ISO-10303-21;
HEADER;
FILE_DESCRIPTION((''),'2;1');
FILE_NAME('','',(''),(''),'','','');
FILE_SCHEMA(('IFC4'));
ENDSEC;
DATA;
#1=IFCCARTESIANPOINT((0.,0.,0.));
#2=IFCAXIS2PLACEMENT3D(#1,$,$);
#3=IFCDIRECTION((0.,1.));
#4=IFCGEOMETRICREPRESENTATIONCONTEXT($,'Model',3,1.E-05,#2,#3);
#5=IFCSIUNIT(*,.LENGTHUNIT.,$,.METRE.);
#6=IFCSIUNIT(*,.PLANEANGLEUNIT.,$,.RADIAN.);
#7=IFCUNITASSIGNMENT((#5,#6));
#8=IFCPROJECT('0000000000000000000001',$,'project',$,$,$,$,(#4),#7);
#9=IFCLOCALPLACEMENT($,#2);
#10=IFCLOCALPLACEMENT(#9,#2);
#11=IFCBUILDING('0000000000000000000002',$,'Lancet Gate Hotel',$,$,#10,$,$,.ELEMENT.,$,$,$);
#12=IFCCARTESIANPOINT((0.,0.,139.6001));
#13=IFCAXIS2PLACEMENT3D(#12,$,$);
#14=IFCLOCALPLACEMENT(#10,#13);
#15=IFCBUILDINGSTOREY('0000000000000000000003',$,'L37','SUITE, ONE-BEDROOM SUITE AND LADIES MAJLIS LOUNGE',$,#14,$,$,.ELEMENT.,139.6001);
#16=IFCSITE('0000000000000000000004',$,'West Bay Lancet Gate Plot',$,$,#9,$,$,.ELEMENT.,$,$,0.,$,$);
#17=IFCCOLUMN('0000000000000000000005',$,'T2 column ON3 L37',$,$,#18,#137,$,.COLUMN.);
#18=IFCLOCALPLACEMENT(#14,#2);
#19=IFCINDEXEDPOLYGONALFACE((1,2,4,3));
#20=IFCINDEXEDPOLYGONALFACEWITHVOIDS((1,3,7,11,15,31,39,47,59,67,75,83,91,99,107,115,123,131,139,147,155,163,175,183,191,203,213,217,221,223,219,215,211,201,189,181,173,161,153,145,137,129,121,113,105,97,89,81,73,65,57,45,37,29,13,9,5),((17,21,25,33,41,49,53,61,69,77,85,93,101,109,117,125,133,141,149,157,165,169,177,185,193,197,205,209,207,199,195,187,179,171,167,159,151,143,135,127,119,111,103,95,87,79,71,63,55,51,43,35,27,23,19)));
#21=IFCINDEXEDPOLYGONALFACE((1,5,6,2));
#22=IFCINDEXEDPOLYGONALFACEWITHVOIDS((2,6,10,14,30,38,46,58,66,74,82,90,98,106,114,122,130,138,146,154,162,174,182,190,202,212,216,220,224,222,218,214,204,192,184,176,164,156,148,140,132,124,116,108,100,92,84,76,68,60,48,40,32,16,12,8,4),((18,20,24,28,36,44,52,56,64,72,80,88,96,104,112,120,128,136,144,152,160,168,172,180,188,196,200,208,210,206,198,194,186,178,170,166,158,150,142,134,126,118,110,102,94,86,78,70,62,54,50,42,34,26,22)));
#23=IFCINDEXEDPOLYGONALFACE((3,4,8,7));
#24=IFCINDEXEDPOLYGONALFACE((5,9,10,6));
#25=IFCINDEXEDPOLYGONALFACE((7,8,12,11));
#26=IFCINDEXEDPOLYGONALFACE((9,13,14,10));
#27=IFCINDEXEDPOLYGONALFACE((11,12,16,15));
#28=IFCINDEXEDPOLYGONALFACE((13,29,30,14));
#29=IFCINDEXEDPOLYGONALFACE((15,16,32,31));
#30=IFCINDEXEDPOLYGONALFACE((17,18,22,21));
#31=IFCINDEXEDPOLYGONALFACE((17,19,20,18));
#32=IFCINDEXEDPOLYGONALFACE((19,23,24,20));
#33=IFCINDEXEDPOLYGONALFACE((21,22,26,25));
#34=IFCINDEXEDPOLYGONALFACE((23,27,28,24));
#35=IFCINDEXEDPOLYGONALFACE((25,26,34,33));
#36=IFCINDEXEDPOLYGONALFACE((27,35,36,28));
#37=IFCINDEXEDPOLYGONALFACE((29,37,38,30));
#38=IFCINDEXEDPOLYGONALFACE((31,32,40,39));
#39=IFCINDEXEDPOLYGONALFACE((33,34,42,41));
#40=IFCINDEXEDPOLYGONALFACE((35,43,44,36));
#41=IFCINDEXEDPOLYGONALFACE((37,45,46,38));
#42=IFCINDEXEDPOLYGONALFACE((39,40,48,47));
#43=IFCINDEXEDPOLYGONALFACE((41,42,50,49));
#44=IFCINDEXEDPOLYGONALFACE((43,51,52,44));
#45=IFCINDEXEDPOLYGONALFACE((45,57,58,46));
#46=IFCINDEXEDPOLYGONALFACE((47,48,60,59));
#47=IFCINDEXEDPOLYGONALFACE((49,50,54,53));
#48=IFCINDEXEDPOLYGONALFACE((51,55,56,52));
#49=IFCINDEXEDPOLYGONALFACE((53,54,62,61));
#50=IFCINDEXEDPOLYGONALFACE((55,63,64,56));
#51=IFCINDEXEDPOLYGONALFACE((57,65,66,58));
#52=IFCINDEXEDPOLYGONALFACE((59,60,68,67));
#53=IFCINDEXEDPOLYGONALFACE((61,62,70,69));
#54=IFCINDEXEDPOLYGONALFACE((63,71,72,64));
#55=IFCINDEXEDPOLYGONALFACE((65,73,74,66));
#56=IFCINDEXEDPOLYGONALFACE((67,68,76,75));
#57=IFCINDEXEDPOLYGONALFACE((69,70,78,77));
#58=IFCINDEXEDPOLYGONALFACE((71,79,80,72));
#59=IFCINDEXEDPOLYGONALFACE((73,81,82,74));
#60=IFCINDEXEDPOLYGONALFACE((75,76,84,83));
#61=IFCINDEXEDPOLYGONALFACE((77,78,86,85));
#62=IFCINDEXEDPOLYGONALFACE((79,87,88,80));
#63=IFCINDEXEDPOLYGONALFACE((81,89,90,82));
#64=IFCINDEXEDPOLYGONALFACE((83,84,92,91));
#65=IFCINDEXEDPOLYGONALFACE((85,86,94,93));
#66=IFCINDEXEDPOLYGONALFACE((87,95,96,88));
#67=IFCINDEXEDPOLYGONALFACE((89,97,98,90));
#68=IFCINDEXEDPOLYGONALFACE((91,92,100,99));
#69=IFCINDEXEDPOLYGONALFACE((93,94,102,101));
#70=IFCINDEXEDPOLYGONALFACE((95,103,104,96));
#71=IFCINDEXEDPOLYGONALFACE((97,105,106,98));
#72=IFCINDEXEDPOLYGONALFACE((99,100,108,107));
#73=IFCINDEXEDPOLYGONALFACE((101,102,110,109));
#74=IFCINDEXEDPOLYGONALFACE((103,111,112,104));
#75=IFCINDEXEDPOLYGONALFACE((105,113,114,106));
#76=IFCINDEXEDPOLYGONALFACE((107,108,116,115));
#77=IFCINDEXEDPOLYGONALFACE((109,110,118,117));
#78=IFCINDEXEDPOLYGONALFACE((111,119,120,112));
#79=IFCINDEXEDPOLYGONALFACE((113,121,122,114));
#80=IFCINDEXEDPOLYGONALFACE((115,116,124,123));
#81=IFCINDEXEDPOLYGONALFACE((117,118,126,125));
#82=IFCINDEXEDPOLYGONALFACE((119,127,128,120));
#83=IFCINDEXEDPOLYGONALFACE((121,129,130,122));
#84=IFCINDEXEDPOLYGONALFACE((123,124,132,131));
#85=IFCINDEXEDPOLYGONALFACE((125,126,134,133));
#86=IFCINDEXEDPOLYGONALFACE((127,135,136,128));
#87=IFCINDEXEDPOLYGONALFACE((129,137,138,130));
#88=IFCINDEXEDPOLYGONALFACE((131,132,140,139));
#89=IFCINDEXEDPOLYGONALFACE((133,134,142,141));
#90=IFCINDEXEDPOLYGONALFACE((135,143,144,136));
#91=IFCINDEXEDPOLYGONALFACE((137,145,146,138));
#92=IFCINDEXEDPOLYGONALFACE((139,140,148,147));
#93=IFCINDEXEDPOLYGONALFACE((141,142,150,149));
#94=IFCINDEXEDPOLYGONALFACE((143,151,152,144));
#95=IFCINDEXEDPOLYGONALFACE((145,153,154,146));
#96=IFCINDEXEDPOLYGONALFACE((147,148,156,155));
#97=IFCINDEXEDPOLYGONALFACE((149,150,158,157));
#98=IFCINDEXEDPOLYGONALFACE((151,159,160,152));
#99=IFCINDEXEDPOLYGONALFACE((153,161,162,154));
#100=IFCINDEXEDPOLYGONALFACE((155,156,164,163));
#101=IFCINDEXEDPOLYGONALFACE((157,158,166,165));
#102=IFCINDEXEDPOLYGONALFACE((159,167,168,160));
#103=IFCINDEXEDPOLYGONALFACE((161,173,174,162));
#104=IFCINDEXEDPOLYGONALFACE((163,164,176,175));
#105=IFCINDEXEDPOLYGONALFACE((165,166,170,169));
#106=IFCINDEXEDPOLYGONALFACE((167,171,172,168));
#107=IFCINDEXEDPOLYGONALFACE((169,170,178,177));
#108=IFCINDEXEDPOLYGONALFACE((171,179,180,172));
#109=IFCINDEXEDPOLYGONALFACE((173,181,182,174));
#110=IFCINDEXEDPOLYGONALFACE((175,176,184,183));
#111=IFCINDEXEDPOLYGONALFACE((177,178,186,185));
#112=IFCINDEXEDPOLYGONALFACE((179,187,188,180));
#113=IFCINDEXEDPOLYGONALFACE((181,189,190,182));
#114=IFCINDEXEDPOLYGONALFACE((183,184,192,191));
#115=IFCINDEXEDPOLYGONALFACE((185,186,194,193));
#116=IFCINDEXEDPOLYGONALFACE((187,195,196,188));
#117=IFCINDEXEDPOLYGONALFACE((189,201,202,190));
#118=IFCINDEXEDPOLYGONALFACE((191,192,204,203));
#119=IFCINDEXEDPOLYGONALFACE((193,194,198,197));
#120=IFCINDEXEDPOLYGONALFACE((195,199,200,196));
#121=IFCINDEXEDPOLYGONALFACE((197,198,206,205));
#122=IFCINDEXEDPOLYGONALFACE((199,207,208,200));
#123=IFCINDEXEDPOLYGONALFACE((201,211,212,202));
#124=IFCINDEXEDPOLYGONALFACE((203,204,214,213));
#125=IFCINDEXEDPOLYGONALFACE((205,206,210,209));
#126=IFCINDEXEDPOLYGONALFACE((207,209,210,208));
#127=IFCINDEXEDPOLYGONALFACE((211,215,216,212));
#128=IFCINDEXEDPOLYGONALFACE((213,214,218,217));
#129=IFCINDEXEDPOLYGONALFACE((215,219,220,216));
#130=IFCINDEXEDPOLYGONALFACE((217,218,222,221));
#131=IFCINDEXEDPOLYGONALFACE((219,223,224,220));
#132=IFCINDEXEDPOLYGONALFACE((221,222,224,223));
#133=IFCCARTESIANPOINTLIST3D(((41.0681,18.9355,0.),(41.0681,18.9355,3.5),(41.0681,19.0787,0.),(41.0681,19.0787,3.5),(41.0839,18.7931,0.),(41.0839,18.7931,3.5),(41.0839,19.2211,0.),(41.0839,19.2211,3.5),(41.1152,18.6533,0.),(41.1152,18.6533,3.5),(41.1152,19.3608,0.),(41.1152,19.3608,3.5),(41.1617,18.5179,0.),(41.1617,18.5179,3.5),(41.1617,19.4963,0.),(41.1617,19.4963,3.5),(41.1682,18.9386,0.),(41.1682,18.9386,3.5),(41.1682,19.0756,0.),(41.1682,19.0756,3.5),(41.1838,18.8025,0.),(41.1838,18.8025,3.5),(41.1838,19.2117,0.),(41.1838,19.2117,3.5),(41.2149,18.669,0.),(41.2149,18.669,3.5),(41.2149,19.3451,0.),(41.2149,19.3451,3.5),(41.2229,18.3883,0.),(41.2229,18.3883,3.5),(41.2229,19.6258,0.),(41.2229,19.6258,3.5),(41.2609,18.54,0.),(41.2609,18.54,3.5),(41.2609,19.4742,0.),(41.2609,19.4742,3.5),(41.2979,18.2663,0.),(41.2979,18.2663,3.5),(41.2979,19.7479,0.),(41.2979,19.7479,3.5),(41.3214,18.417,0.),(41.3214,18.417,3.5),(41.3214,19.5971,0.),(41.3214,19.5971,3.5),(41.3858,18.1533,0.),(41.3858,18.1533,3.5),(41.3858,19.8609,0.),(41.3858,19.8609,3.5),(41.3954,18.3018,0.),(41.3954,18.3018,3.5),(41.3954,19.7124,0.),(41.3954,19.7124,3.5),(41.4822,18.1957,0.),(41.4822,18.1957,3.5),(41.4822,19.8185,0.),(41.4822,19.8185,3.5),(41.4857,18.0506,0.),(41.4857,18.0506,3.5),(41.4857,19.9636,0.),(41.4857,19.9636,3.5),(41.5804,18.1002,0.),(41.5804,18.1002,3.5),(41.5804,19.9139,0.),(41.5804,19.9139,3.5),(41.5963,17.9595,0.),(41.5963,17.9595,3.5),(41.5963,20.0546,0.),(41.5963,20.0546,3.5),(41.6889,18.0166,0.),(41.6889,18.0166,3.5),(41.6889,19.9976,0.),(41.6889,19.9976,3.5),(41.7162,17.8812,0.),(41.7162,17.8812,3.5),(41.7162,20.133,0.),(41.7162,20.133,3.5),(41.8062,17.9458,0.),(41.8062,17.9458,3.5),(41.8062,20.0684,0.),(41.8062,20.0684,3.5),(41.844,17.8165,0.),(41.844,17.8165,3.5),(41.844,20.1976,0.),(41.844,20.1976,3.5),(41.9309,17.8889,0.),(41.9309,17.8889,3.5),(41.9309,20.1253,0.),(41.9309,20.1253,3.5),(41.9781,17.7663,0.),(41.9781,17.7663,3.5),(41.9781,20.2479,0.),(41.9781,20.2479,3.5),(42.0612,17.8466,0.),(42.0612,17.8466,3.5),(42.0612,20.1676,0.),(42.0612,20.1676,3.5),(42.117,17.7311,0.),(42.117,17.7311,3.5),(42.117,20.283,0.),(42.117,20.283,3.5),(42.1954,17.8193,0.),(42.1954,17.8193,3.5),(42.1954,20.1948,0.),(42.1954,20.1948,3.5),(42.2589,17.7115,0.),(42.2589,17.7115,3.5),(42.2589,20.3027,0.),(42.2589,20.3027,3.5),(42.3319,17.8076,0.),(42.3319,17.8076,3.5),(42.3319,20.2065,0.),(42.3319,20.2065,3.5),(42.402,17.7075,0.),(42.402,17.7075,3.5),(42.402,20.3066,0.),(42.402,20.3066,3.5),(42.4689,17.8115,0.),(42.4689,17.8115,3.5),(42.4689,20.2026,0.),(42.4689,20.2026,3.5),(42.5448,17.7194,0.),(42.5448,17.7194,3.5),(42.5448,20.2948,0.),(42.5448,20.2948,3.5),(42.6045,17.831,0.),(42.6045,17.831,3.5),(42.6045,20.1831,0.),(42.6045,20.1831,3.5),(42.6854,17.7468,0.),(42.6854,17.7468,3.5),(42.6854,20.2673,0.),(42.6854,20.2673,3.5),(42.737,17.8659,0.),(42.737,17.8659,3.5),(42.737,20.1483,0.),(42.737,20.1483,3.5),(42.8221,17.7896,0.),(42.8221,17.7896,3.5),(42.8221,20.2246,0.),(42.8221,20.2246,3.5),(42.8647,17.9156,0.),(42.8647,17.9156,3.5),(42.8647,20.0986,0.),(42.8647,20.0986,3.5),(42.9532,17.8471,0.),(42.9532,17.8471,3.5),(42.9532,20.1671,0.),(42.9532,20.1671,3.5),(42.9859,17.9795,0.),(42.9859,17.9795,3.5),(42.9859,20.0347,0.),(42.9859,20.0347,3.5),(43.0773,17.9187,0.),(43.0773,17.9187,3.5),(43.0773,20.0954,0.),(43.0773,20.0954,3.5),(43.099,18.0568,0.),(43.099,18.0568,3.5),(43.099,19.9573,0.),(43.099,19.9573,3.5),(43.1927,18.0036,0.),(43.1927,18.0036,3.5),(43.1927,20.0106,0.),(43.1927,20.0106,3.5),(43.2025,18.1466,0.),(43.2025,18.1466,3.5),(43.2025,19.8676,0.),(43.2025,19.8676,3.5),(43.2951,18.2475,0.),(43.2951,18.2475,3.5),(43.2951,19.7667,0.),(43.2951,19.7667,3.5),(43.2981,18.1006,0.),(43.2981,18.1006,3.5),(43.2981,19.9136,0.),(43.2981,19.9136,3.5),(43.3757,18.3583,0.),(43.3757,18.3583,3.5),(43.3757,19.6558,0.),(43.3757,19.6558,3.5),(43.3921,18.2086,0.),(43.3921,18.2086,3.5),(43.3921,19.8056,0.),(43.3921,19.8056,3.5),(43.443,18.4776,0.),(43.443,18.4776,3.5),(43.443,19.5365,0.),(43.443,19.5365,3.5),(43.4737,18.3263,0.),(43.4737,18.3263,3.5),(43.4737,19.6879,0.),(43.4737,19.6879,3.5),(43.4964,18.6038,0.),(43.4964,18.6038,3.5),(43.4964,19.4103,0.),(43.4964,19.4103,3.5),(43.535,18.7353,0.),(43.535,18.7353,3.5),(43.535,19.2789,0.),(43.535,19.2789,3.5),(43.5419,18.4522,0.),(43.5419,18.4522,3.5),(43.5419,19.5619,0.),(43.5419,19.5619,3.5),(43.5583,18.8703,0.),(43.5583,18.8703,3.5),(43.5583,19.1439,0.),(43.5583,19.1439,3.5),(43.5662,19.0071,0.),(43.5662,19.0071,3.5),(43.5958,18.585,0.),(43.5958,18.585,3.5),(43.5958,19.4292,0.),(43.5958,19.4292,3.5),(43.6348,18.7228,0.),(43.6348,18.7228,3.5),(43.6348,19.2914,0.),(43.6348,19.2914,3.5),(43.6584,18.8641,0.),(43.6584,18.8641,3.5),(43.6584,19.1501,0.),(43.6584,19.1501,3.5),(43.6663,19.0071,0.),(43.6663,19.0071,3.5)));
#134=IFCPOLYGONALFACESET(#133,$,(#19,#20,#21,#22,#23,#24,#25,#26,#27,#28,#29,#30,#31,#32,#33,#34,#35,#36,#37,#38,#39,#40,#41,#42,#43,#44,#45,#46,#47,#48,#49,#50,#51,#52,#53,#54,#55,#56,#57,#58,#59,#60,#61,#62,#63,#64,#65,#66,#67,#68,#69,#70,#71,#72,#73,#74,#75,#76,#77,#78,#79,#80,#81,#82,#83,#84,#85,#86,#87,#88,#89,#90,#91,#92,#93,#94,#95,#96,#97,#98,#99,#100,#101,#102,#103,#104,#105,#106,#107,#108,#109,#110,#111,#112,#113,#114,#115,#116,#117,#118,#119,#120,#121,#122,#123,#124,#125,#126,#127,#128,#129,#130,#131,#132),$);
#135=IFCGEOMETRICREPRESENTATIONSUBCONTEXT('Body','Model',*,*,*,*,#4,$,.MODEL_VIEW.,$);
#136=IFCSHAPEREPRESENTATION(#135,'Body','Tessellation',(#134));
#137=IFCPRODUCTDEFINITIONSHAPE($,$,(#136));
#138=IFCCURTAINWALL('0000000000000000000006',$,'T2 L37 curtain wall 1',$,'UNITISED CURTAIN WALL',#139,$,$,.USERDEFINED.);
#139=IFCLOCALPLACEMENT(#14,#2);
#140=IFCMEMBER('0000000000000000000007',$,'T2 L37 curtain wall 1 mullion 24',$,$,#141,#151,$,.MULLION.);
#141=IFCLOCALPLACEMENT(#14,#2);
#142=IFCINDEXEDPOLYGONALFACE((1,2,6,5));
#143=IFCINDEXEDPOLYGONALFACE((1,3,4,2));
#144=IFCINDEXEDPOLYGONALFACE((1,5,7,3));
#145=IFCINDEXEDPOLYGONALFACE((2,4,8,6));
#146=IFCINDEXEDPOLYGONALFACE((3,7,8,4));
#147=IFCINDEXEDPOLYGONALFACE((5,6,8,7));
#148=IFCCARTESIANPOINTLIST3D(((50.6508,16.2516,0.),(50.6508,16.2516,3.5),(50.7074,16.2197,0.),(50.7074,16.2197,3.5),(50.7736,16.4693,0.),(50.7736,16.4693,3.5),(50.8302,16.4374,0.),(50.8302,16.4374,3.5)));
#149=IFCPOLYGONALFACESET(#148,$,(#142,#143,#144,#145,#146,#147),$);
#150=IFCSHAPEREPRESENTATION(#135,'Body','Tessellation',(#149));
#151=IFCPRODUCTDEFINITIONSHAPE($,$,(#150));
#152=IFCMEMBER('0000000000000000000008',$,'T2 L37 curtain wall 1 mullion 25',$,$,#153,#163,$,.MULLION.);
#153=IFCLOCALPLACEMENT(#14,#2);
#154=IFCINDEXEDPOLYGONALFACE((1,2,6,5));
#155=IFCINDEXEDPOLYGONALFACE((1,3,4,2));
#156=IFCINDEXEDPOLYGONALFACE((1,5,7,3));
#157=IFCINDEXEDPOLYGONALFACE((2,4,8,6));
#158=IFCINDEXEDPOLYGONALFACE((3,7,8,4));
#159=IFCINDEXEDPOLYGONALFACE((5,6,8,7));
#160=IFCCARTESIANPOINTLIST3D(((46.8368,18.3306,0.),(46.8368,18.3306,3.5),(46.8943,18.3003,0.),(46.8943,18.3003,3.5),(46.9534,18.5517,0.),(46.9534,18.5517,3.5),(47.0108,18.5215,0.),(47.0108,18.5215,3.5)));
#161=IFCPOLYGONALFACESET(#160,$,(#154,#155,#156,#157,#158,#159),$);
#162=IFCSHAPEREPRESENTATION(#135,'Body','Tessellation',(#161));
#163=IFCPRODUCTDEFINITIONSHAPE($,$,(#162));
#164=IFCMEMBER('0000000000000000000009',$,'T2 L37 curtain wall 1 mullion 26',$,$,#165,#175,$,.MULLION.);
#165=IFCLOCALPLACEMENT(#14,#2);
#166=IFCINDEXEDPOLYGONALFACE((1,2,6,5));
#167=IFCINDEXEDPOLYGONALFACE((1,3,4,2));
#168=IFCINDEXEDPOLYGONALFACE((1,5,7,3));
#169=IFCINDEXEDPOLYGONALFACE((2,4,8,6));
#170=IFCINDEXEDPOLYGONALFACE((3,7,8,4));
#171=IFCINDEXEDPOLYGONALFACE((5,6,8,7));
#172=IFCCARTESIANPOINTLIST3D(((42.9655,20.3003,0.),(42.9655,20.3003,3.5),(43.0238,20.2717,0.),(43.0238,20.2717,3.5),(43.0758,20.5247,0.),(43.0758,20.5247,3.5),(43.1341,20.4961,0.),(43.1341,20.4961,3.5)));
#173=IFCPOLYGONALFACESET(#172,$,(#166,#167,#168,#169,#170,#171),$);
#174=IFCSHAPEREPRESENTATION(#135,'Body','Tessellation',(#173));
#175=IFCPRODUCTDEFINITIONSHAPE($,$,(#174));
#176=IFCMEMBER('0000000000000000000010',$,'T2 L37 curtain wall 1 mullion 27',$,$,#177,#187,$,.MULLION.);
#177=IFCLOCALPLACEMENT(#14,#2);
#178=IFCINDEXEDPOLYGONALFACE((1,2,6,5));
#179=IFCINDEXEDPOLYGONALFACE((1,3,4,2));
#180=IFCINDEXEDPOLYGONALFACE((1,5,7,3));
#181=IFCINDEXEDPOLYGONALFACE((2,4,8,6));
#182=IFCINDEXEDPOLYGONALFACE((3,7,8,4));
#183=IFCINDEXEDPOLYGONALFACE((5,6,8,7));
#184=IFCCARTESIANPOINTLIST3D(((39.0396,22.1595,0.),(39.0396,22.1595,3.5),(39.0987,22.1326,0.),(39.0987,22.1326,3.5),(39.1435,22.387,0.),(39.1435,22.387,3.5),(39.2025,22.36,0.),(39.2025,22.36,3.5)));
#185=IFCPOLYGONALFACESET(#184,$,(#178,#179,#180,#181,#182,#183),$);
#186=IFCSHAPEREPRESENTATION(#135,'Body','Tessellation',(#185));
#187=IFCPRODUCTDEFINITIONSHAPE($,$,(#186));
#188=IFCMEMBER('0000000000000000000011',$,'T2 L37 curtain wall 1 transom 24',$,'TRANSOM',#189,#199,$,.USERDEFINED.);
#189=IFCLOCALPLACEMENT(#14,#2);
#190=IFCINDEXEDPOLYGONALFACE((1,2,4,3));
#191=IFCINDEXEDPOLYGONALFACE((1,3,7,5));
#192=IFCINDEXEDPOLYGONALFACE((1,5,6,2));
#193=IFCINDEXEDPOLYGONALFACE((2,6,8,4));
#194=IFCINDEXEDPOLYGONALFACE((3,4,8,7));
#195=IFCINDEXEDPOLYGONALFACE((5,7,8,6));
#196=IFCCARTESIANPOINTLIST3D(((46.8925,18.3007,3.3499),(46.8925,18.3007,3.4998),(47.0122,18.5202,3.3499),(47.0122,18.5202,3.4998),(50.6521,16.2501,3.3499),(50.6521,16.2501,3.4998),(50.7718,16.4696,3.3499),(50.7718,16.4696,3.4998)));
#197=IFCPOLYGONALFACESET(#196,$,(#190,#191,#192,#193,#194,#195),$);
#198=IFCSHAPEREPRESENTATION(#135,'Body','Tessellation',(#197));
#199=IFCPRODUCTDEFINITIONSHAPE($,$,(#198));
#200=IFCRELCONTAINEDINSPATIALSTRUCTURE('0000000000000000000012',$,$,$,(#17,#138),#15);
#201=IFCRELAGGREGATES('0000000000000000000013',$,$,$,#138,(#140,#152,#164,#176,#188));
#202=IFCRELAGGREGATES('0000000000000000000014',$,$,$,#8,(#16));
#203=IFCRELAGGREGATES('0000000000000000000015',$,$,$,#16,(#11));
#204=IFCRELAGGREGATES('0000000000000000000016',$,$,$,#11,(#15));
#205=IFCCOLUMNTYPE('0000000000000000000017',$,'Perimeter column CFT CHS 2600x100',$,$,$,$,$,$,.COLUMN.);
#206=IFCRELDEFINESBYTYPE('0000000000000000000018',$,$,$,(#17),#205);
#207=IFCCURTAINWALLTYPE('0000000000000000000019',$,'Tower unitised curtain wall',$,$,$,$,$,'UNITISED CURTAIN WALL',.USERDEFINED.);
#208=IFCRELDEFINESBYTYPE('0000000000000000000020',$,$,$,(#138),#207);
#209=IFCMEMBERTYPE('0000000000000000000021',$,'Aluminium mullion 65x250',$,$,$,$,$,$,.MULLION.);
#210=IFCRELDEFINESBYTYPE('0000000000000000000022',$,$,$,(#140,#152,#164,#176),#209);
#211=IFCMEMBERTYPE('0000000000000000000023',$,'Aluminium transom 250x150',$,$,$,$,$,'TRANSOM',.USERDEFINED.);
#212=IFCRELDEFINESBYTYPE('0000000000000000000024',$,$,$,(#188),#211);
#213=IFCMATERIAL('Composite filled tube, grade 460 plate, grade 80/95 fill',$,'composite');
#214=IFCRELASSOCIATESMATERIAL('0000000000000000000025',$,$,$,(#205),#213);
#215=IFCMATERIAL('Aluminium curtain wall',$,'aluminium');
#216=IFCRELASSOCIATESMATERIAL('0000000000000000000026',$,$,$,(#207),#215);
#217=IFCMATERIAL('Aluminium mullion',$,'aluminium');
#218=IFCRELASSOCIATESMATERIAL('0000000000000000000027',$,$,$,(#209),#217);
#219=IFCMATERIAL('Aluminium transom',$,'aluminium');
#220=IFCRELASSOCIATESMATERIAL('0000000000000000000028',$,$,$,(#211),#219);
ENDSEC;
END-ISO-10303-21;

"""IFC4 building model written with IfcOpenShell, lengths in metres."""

from ifc_helpers import new_model, si_unit, direction, frame, origin, origin_2d, place, context, subcontext, project, spatial, rectangle, hollow_circle, extrude, material, material_profile, profile_set, type_object, element, aggregate, save


model = new_model("IFC4")

# Units and contexts
model_context = context("Model", 3, precision=1e-05, world=origin(), true_north=direction((0.0, 1.0)))
body_context = subcontext(model_context, "Body", "Model", "MODEL_VIEW")
ifc_project = project(units=[si_unit("LENGTHUNIT", "METRE"), si_unit("PLANEANGLEUNIT", "RADIAN")], contexts=[model_context])

# Site, building, storey
site_placement = place(None, origin())
site = spatial("IfcSite", under=ifc_project, at=site_placement, Name="West Bay Lancet Gate Plot", CompositionType="ELEMENT", RefElevation=0.0)
building_placement = place(site_placement, origin())
building = spatial("IfcBuilding", under=site, at=building_placement, Name="Lancet Gate Hotel", CompositionType="ELEMENT")
storey_placement = place(building_placement, frame((0.0, 0.0, 139.6001)))
storey = spatial("IfcBuildingStorey", under=building, at=storey_placement, Name="L37", Description="SUITE, ONE-BEDROOM SUITE AND LADIES MAJLIS LOUNGE", CompositionType="ELEMENT", Elevation=139.6001)

# Column
ifc_material_1 = material(Name="Composite filled tube, grade 460 plate, grade 80/95 fill", Category="composite")
ifc_material_profile_1 = material_profile(ifc_material_1, hollow_circle(Radius=1.3, WallThickness=0.1001, at=origin_2d()), Name="CHS 2600x100")
ifc_profile_set_1 = profile_set([ifc_material_profile_1], Name="Composite filled tube, grade 460 plate, grade 80/95 fill")
column_type = type_object("IfcColumnType", Name="Perimeter column CFT CHS 2600x100", PredefinedType="COLUMN", material=ifc_profile_set_1)
for number, where, z_axis, x_axis, name in (
    (1, (42.3662, 19.0071, 0.0), (0.0, 0.0, 1.0), (1.0, 0.0, 0.0), "T2 column ON3 L37"),
):
    element("IfcColumn", number, at=place(storey_placement, frame(where, z_axis=z_axis, x_axis=x_axis)), inside=storey, type_object=column_type, Name=name, PredefinedType="COLUMN", context=body_context, shape_type="SweptSolid", body=[
        extrude(hollow_circle(Radius=1.3, WallThickness=0.1001, at=origin_2d()), origin(), (0.0, 0.0, 1.0), 3.5),
    ])

# Curtain wall, members
ifc_material_2 = material(Name="Aluminium curtain wall", Category="aluminium")
curtain_wall_type = type_object("IfcCurtainWallType", Name="Tower unitised curtain wall", ElementType="UNITISED CURTAIN WALL", PredefinedType="USERDEFINED", material=ifc_material_2)
curtain_wall_placement = place(storey_placement, origin())
curtain_wall = element("IfcCurtainWall", 2, at=curtain_wall_placement, inside=storey, type_object=curtain_wall_type, Name="T2 L37 curtain wall 1", ObjectType="UNITISED CURTAIN WALL", PredefinedType="USERDEFINED")
ifc_material_3 = material(Name="Aluminium mullion", Category="aluminium")
ifc_material_profile_2 = material_profile(ifc_material_3, rectangle(XDim=0.0649, YDim=0.25, at=origin_2d()), Name="MULLION 65x250")
ifc_profile_set_2 = profile_set([ifc_material_profile_2], Name="Aluminium mullion")
member_type_1 = type_object("IfcMemberType", Name="Aluminium mullion 65x250", PredefinedType="MULLION", material=ifc_profile_set_2)
member_1_placement = place(storey_placement, frame((50.7405, 16.3445, 0.0), z_axis=(0.0, 0.0, 1.0), x_axis=(-0.871029, 0.491232, 0.0)))
member_1 = element("IfcMember", 3, at=member_1_placement, type_object=member_type_1, Name="T2 L37 curtain wall 1 mullion 24", PredefinedType="MULLION", context=body_context, shape_type="SweptSolid", body=[
    extrude(rectangle(XDim=0.0649, YDim=0.25, at=origin_2d()), origin(), (0.0, 0.0, 1.0), 3.5),
])
member_2_placement = place(storey_placement, frame((46.9238, 18.426, 0.0), z_axis=(0.0, 0.0, 1.0), x_axis=(-0.884627, 0.466299, 0.0)))
member_2 = element("IfcMember", 4, at=member_2_placement, type_object=member_type_1, Name="T2 L37 curtain wall 1 mullion 25", PredefinedType="MULLION", context=body_context, shape_type="SweptSolid", body=[
    extrude(rectangle(XDim=0.0649, YDim=0.25, at=origin_2d()), origin(), (0.0, 0.0, 1.0), 3.5),
])
member_3_placement = place(storey_placement, frame((43.0498, 20.3982, 0.0), z_axis=(0.0, 0.0, 1.0), x_axis=(-0.897512, 0.44099, 0.0)))
member_3 = element("IfcMember", 5, at=member_3_placement, type_object=member_type_1, Name="T2 L37 curtain wall 1 mullion 26", PredefinedType="MULLION", context=body_context, shape_type="SweptSolid", body=[
    extrude(rectangle(XDim=0.0649, YDim=0.25, at=origin_2d()), origin(), (0.0, 0.0, 1.0), 3.5),
])
member_4_placement = place(storey_placement, frame((39.1211, 22.2598, 0.0), z_axis=(0.0, 0.0, 1.0), x_axis=(-0.909673, 0.415326, 0.0)))
member_4 = element("IfcMember", 6, at=member_4_placement, type_object=member_type_1, Name="T2 L37 curtain wall 1 mullion 27", PredefinedType="MULLION", context=body_context, shape_type="SweptSolid", body=[
    extrude(rectangle(XDim=0.0649, YDim=0.25, at=origin_2d()), origin(), (0.0, 0.0, 1.0), 3.5),
])
ifc_material_4 = material(Name="Aluminium transom", Category="aluminium")
ifc_material_profile_3 = material_profile(ifc_material_4, rectangle(XDim=0.25, YDim=0.1499, at=origin_2d()), Name="TRANSOM 250x150")
ifc_profile_set_3 = profile_set([ifc_material_profile_3], Name="Aluminium transom")
member_type_2 = type_object("IfcMemberType", Name="Aluminium transom 250x150", ElementType="TRANSOM", PredefinedType="USERDEFINED", material=ifc_profile_set_3)
member_5_placement = place(storey_placement, frame((50.7119, 16.3599, 3.4248), z_axis=(-0.877906, 0.478832, 0.0), x_axis=(-0.478832, -0.877906, 0.0)))
member_5 = element("IfcMember", 7, at=member_5_placement, type_object=member_type_2, Name="T2 L37 curtain wall 1 transom 24", ObjectType="TRANSOM", PredefinedType="USERDEFINED", context=body_context, shape_type="SweptSolid", body=[
    extrude(rectangle(XDim=0.25, YDim=0.1499, at=origin_2d()), origin(), (0.0, 0.0, 1.0), 4.2825),
])

aggregate(curtain_wall, [member_1, member_2, member_3, member_4, member_5])

save(model, "model.ifc")
